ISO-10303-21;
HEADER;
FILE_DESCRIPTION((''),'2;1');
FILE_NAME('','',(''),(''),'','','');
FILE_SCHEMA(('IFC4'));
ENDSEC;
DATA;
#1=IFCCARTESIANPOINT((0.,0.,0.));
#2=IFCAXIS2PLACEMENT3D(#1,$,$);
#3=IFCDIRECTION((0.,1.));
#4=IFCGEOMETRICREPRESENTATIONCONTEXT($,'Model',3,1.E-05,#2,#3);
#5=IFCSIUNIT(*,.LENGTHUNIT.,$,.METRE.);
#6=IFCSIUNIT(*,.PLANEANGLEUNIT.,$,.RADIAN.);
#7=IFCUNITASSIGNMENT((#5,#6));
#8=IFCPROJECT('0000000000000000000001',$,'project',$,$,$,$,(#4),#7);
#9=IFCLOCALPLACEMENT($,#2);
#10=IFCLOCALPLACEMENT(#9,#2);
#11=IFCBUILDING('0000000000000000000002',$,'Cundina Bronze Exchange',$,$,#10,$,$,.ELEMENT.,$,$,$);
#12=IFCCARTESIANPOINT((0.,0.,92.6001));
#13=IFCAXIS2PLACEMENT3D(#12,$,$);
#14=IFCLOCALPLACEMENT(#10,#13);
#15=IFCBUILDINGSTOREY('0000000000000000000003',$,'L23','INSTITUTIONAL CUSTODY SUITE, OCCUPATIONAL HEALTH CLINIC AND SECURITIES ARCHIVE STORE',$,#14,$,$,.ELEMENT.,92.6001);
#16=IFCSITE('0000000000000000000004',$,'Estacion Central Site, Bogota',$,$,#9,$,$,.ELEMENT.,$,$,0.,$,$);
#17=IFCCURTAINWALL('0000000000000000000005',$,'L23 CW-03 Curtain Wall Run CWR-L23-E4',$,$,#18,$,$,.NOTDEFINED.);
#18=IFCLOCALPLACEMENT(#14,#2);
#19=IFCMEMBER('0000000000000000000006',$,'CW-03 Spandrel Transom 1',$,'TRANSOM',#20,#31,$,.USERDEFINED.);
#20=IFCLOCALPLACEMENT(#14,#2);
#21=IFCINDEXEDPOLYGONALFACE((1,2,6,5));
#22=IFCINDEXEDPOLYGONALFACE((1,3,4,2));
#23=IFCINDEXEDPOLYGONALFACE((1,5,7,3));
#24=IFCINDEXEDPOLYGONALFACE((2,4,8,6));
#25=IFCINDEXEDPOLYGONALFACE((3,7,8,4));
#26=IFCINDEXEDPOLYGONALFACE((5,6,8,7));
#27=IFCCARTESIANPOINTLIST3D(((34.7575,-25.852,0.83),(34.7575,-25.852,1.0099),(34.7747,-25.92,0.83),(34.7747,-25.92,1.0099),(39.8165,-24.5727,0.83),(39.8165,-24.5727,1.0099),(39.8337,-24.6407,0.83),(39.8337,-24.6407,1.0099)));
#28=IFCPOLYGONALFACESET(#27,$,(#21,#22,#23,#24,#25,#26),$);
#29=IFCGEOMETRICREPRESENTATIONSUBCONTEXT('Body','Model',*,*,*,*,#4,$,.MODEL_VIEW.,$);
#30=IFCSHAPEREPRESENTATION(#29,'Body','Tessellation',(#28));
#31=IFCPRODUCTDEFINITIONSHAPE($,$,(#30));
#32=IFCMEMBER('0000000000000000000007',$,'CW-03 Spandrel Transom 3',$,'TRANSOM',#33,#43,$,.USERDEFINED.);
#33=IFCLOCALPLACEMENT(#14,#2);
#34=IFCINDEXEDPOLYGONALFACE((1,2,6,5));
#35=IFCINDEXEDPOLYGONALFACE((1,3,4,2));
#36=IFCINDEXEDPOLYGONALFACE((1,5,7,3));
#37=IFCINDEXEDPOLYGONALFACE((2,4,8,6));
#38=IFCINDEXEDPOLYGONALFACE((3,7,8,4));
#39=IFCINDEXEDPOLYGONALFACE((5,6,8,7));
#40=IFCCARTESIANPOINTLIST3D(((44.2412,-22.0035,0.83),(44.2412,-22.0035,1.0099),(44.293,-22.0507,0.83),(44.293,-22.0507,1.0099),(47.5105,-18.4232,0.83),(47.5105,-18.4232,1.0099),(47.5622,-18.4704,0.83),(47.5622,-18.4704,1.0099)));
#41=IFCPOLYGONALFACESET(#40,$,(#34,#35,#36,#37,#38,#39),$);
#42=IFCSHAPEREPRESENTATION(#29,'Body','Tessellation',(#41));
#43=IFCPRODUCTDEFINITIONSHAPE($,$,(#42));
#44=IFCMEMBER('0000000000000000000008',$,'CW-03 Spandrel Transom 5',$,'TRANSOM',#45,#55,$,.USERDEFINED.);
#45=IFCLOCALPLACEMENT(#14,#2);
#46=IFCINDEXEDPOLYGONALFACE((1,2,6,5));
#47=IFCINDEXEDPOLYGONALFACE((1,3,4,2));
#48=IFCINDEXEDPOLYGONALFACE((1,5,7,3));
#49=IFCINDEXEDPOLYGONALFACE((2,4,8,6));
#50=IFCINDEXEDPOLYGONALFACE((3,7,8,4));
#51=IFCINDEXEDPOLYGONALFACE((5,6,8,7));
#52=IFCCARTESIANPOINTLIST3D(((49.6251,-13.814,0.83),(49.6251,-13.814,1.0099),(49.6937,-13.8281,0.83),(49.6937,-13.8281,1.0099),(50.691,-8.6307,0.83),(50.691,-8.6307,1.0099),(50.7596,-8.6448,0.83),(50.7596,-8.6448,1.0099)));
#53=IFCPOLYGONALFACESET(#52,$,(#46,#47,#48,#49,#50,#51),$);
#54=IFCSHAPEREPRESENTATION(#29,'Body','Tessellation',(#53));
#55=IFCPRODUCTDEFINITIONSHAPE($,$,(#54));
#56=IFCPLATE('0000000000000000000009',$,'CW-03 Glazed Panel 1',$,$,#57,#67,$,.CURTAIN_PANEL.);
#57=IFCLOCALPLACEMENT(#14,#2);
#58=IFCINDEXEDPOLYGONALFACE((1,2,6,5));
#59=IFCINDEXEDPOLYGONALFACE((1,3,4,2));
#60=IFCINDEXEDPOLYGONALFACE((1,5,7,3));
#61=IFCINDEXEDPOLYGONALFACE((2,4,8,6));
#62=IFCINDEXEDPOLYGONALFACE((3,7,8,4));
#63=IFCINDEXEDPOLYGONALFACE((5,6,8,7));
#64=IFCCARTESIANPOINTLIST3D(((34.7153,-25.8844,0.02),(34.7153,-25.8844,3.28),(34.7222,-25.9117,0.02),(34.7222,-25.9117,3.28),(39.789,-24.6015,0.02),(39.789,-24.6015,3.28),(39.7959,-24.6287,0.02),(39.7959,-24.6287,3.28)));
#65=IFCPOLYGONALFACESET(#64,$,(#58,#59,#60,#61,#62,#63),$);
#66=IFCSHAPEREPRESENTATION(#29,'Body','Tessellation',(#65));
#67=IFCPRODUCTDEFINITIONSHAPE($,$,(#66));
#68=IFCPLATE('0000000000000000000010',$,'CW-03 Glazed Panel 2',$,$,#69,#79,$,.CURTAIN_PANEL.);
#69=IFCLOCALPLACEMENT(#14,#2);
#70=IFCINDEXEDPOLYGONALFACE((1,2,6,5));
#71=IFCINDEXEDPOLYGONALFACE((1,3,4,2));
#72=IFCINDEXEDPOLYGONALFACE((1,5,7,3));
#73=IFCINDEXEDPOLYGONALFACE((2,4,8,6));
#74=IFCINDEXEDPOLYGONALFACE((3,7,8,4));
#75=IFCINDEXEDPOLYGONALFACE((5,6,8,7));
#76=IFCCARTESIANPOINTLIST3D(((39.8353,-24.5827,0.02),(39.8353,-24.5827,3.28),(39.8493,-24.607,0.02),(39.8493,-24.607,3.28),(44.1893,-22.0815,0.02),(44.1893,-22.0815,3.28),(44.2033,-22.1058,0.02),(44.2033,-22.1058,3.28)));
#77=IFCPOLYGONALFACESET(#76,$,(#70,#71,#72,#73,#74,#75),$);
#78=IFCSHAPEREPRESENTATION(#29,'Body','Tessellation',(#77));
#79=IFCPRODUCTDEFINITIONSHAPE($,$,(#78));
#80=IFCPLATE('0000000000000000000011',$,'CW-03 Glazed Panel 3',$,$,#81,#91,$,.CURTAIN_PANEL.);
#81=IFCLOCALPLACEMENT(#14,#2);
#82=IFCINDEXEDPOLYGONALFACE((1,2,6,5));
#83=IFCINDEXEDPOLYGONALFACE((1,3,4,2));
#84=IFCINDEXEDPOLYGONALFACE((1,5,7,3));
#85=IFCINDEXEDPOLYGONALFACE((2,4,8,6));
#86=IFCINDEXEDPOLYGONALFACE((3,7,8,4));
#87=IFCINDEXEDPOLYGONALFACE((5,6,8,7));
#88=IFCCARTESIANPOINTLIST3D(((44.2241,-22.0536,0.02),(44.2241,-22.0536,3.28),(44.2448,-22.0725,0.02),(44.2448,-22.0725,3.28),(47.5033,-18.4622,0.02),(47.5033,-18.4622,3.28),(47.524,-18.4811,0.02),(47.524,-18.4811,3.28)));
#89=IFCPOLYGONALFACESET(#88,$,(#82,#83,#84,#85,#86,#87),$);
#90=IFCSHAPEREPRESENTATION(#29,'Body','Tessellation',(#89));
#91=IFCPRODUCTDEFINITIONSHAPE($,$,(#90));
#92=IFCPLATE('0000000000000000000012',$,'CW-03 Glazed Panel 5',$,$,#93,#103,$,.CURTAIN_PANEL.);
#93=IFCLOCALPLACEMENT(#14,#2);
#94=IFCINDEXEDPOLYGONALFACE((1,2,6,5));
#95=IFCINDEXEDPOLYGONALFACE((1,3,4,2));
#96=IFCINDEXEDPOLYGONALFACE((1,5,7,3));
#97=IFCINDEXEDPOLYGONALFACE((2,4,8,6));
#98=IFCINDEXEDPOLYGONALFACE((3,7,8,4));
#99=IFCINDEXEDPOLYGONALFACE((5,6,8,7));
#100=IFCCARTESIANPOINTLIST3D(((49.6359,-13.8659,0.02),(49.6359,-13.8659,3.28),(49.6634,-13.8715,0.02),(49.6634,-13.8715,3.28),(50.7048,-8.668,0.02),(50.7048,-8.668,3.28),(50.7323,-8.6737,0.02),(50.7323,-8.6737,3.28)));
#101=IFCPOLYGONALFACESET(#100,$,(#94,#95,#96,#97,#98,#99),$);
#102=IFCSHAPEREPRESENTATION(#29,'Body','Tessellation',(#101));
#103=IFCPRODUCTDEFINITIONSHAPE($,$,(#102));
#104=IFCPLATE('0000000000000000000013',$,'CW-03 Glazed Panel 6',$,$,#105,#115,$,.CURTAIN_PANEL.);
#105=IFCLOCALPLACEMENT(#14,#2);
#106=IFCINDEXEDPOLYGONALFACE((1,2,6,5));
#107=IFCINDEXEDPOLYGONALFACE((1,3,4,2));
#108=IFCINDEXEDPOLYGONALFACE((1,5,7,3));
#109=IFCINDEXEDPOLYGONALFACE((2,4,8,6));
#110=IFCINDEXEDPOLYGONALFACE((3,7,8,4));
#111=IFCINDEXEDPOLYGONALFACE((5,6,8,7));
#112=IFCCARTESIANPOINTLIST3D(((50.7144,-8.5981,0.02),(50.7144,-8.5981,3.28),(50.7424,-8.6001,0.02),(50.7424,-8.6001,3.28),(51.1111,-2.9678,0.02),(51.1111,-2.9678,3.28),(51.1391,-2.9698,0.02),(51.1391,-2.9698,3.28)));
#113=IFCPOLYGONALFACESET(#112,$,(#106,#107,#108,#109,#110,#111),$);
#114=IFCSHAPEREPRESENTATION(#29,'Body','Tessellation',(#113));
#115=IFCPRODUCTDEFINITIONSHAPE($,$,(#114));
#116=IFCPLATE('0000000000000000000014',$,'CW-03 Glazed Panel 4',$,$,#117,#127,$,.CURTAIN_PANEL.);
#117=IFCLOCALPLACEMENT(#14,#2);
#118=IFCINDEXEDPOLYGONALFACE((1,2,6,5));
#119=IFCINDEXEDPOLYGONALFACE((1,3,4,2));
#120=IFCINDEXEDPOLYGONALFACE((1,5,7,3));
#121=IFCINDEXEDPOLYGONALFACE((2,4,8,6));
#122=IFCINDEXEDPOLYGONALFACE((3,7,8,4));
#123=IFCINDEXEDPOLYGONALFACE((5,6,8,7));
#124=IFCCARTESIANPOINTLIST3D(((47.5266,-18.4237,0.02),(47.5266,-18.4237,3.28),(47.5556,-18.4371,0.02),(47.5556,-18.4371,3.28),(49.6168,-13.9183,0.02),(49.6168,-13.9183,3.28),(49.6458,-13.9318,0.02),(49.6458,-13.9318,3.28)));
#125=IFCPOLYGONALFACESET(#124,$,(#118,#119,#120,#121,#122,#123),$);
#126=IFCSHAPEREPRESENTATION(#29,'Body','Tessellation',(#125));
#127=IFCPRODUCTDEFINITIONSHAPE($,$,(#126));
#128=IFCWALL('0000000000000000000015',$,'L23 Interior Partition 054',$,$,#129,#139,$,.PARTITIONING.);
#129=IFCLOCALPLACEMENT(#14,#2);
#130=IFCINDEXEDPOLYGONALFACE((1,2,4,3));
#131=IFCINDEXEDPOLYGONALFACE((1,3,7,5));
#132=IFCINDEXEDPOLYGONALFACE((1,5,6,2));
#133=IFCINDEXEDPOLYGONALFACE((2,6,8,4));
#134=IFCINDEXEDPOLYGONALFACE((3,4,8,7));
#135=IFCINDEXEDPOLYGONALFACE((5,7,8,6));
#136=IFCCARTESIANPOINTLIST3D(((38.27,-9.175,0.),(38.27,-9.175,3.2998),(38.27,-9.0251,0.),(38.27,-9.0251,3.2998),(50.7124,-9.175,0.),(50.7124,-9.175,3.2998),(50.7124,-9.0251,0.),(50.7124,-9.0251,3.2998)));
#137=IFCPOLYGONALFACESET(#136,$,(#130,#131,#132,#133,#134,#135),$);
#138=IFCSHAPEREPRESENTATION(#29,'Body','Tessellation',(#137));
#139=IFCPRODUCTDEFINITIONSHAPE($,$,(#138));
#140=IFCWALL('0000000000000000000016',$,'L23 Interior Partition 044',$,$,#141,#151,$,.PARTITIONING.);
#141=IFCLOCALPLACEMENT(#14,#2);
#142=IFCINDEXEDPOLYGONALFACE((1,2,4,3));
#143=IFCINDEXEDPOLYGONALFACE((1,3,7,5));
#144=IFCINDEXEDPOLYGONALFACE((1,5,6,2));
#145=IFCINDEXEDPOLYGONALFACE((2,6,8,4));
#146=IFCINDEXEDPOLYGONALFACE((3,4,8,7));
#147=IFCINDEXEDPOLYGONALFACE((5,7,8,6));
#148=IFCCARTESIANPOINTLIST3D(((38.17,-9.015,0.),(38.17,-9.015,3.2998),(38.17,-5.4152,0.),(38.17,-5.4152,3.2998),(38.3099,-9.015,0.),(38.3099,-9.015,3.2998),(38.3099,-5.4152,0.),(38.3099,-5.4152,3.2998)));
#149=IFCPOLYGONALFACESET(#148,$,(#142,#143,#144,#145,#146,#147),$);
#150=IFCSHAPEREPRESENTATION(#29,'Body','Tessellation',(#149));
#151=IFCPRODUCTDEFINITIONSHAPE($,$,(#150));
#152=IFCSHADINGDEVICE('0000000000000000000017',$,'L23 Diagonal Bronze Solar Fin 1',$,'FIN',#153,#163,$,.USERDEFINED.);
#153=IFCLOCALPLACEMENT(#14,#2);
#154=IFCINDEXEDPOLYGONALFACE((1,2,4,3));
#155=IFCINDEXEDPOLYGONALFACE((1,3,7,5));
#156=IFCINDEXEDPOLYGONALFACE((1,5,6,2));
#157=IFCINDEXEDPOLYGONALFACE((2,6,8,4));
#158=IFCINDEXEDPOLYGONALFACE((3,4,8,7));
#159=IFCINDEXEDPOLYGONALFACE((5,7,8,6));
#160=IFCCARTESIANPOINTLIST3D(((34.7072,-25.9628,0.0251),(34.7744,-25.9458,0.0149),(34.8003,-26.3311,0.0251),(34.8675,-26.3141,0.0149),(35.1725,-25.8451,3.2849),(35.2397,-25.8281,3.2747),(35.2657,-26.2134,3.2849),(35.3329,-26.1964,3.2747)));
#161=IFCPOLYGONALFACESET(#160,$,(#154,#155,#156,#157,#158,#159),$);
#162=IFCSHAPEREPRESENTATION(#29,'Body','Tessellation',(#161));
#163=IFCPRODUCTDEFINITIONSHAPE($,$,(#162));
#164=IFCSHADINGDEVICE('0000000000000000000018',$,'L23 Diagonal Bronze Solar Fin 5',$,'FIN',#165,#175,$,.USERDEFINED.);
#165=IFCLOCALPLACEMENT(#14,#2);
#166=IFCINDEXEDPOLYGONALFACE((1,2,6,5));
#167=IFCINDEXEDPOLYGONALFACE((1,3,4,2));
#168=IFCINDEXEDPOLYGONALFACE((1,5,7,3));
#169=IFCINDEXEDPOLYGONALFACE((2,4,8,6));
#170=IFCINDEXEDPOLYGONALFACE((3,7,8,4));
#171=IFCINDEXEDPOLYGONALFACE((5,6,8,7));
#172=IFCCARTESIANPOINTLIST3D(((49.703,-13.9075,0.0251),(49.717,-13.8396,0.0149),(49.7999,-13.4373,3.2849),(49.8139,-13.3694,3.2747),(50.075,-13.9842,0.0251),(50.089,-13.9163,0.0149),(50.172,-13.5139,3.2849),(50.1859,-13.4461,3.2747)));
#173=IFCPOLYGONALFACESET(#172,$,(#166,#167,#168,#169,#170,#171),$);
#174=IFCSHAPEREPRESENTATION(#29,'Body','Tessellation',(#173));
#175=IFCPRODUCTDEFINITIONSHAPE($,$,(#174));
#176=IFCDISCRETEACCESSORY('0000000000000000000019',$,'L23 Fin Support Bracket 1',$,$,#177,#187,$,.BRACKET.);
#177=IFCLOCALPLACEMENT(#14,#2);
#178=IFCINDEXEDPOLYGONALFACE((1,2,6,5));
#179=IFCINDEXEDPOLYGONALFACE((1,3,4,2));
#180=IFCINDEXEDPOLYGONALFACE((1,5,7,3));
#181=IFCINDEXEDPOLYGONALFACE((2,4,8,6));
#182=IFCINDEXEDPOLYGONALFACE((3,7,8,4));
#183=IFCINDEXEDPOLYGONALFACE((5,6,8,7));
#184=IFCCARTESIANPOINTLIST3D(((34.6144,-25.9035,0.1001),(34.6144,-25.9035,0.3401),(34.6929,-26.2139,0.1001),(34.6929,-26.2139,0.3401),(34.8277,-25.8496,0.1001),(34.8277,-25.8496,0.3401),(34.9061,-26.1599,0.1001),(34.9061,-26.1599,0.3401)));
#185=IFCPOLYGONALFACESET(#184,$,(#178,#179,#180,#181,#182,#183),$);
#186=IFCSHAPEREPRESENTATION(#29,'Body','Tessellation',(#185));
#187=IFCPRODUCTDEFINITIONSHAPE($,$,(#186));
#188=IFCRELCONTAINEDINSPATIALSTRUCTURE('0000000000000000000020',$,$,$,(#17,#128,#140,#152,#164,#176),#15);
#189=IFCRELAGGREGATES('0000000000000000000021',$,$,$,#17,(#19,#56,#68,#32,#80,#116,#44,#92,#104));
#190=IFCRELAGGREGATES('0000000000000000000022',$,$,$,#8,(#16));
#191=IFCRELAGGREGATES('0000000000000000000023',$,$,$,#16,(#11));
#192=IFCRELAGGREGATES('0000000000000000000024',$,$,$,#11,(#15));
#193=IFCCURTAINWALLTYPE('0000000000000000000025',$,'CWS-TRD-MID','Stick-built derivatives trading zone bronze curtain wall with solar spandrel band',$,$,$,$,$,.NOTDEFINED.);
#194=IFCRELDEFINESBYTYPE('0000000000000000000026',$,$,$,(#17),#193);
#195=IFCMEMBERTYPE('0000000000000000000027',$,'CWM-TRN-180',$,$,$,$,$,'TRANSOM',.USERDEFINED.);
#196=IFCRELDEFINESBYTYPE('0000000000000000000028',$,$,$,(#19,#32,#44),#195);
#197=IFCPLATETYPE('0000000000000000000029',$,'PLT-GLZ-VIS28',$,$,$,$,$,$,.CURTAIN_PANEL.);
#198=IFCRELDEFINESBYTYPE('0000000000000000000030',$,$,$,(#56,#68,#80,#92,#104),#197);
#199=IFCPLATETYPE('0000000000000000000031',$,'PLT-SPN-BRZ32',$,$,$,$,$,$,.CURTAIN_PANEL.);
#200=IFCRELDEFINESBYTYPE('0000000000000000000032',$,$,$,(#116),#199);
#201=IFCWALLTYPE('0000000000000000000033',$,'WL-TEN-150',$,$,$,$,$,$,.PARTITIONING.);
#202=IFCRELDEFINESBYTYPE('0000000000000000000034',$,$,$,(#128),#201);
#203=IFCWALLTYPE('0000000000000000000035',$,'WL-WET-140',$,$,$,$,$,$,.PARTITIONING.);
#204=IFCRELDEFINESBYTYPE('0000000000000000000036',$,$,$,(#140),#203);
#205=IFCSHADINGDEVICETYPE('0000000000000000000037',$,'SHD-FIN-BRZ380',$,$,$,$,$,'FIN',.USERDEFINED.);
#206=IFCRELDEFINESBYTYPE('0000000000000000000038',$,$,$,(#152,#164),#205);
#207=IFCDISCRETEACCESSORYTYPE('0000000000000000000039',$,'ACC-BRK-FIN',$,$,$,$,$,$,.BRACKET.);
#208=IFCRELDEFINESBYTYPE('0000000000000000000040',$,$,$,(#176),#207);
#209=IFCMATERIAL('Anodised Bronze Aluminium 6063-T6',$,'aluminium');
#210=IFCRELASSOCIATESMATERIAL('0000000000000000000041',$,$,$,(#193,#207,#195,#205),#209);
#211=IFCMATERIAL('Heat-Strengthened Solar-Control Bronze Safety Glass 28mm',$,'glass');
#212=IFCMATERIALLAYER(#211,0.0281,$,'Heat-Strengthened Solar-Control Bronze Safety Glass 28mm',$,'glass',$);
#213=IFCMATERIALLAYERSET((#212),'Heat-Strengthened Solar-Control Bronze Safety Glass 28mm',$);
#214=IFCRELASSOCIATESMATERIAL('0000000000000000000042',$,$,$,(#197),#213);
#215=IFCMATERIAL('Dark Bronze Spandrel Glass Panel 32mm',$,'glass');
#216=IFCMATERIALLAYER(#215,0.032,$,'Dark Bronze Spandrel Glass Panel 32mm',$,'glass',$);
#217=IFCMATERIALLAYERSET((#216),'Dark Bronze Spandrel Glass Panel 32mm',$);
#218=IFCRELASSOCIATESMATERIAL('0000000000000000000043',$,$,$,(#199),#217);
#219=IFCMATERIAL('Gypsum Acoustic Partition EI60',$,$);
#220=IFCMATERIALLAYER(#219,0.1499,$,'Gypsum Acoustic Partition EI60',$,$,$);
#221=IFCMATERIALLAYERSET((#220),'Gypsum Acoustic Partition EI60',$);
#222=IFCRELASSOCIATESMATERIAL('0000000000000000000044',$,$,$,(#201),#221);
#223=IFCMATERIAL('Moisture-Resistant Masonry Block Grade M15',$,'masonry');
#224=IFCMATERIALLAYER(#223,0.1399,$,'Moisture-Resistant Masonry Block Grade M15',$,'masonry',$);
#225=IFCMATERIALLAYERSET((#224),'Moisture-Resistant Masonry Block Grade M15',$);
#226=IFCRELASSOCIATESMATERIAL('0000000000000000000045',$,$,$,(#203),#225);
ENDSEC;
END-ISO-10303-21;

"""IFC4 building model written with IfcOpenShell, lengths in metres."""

from ifc_helpers import new_model, si_unit, direction, frame, frame_2d, origin, origin_2d, place, context, subcontext, project, spatial, rectangle, extrude, material, layer, layer_set, material_profile, profile_set, type_object, element, aggregate, save


model = new_model("IFC4")

# Units and contexts
model_context = context("Model", 3, precision=1e-05, world=origin(), true_north=direction((0.0, 1.0)))
body_context = subcontext(model_context, "Body", "Model", "MODEL_VIEW")
ifc_project = project(units=[si_unit("LENGTHUNIT", "METRE"), si_unit("PLANEANGLEUNIT", "RADIAN")], contexts=[model_context])

# Site, building, storey
site_placement = place(None, origin())
site = spatial("IfcSite", under=ifc_project, at=site_placement, Name="Estacion Central Site, Bogota", CompositionType="ELEMENT", RefElevation=0.0)
building_placement = place(site_placement, origin())
building = spatial("IfcBuilding", under=site, at=building_placement, Name="Cundina Bronze Exchange", CompositionType="ELEMENT")
storey_placement = place(building_placement, frame((0.0, 0.0, 92.6001)))
storey = spatial("IfcBuildingStorey", under=building, at=storey_placement, Name="L23", Description="INSTITUTIONAL CUSTODY SUITE, OCCUPATIONAL HEALTH CLINIC AND SECURITIES ARCHIVE STORE", CompositionType="ELEMENT", Elevation=92.6001)

# Shared definitions
ifc_material_1 = material(Name="Anodised Bronze Aluminium 6063-T6", Category="aluminium")
curtain_wall_type = type_object("IfcCurtainWallType", Name="CWS-TRD-MID", Description="Stick-built derivatives trading zone bronze curtain wall with solar spandrel band", PredefinedType="NOTDEFINED", material=ifc_material_1)

# Curtain wall, members, plates
curtain_wall_1_placement = place(storey_placement, origin())
curtain_wall_1 = element("IfcCurtainWall", 1, at=curtain_wall_1_placement, inside=storey, type_object=curtain_wall_type, Name="L23 CW-03 Curtain Wall Run CWR-L23-E4", PredefinedType="NOTDEFINED")
ifc_material_profile_1 = material_profile(ifc_material_1, rectangle(XDim=0.0701, YDim=0.1799, at=origin_2d()), Name="AL70X180", Category="aluminium")
ifc_profile_set_1 = profile_set([ifc_material_profile_1], Name="Anodised Bronze Aluminium 6063-T6")
member_type_1 = type_object("IfcMemberType", Name="CWM-TRN-180", ElementType="TRANSOM", PredefinedType="USERDEFINED", material=ifc_profile_set_1)
member_1_placement = place(storey_placement, frame((34.7661, -25.886, 0.9199), z_axis=(0.969484, 0.245155, 0.0), x_axis=(-0.245155, 0.969484, 0.0)))
member_1 = element("IfcMember", 2, at=member_1_placement, type_object=member_type_1, Name="CW-03 Spandrel Transom 1", ObjectType="TRANSOM", PredefinedType="USERDEFINED", context=body_context, shape_type="SweptSolid", body=[
    extrude(rectangle(XDim=0.0701, YDim=0.1799, at=origin_2d()), origin(), (0.0, 0.0, 1.0), 5.2183),
])
member_2_placement = place(storey_placement, frame((44.2671, -22.0271, 0.9199), z_axis=(0.674303, 0.738455, 0.0), x_axis=(-0.738455, 0.674303, 0.0)))
member_2 = element("IfcMember", 3, at=member_2_placement, type_object=member_type_1, Name="CW-03 Spandrel Transom 3", ObjectType="TRANSOM", PredefinedType="USERDEFINED", context=body_context, shape_type="SweptSolid", body=[
    extrude(rectangle(XDim=0.0701, YDim=0.1799, at=origin_2d()), origin(), (0.0, 0.0, 1.0), 4.8484),
])
member_3_placement = place(storey_placement, frame((49.6594, -13.821, 0.9199), z_axis=(0.201428, 0.979503, 0.0), x_axis=(-0.979503, 0.201428, 0.0)))
member_3 = element("IfcMember", 4, at=member_3_placement, type_object=member_type_1, Name="CW-03 Spandrel Transom 5", ObjectType="TRANSOM", PredefinedType="USERDEFINED", context=body_context, shape_type="SweptSolid", body=[
    extrude(rectangle(XDim=0.0701, YDim=0.1799, at=origin_2d()), origin(), (0.0, 0.0, 1.0), 5.2917),
])
ifc_material_2 = material(Name="Heat-Strengthened Solar-Control Bronze Safety Glass 28mm", Category="glass")
ifc_layer_1 = layer(ifc_material_2, 0.0281, Name="Heat-Strengthened Solar-Control Bronze Safety Glass 28mm", Category="glass")
ifc_layer_set_1 = layer_set([ifc_layer_1], Name="Heat-Strengthened Solar-Control Bronze Safety Glass 28mm")
plate_type_1 = type_object("IfcPlateType", Name="PLT-GLZ-VIS28", PredefinedType="CURTAIN_PANEL", material=ifc_layer_set_1)
plate_1_placement = place(storey_placement, frame((37.2556, -25.2566, 0.02), z_axis=(0.0, 0.0, 1.0), x_axis=(0.969488, 0.245138, 0.0)))
plate_1 = element("IfcPlate", 5, at=plate_1_placement, type_object=plate_type_1, Name="CW-03 Glazed Panel 1", PredefinedType="CURTAIN_PANEL", context=body_context, shape_type="SweptSolid", body=[
    extrude(rectangle(XDim=5.2334, YDim=0.0281, at=origin_2d()), origin(), (0.0, 0.0, 1.0), 3.26),
])
plate_2_placement = place(storey_placement, frame((42.0193, -23.3442, 0.02), z_axis=(0.0, 0.0, 1.0), x_axis=(0.867105, 0.498125, 0.0)))
plate_2 = element("IfcPlate", 6, at=plate_2_placement, type_object=plate_type_1, Name="CW-03 Glazed Panel 2", PredefinedType="CURTAIN_PANEL", context=body_context, shape_type="SweptSolid", body=[
    extrude(rectangle(XDim=5.0212, YDim=0.0281, at=origin_2d()), origin(), (0.0, 0.0, 1.0), 3.26),
])
plate_3_placement = place(storey_placement, frame((45.874, -20.2673, 0.02), z_axis=(0.0, 0.0, 1.0), x_axis=(0.674277, 0.738479, 0.0)))
plate_3 = element("IfcPlate", 7, at=plate_3_placement, type_object=plate_type_1, Name="CW-03 Glazed Panel 3", PredefinedType="CURTAIN_PANEL", context=body_context, shape_type="SweptSolid", body=[
    extrude(rectangle(XDim=4.8633, YDim=0.0281, at=origin_2d()), origin(), (0.0, 0.0, 1.0), 3.26),
])
plate_4_placement = place(storey_placement, frame((50.1841, -11.2698, 0.02), z_axis=(0.0, 0.0, 1.0), x_axis=(0.20142, 0.979505, 0.0)))
plate_4 = element("IfcPlate", 8, at=plate_4_placement, type_object=plate_type_1, Name="CW-03 Glazed Panel 5", PredefinedType="CURTAIN_PANEL", context=body_context, shape_type="SweptSolid", body=[
    extrude(rectangle(XDim=5.3066, YDim=0.0281, at=origin_2d()), origin(), (0.0, 0.0, 1.0), 3.26),
])
plate_5_placement = place(storey_placement, frame((50.9268, -5.7839, 0.02), z_axis=(0.0, 0.0, 1.0), x_axis=(0.070279, 0.997527, 0.0)))
plate_5 = element("IfcPlate", 9, at=plate_5_placement, type_object=plate_type_1, Name="CW-03 Glazed Panel 6", PredefinedType="CURTAIN_PANEL", context=body_context, shape_type="SweptSolid", body=[
    extrude(rectangle(XDim=5.6443, YDim=0.0281, at=origin_2d()), origin(), (0.0, 0.0, 1.0), 3.26),
])
ifc_material_3 = material(Name="Dark Bronze Spandrel Glass Panel 32mm", Category="glass")
ifc_layer_2 = layer(ifc_material_3, 0.032, Name="Dark Bronze Spandrel Glass Panel 32mm", Category="glass")
ifc_layer_set_2 = layer_set([ifc_layer_2], Name="Dark Bronze Spandrel Glass Panel 32mm")
plate_type_2 = type_object("IfcPlateType", Name="PLT-SPN-BRZ32", PredefinedType="CURTAIN_PANEL", material=ifc_layer_set_2)
plate_6_placement = place(storey_placement, frame((48.5862, -16.1777, 0.02), z_axis=(0.0, 0.0, 1.0), x_axis=(0.420846, 0.907132, 0.0)))
plate_6 = element("IfcPlate", 10, at=plate_6_placement, type_object=plate_type_2, Name="CW-03 Glazed Panel 4", PredefinedType="CURTAIN_PANEL", context=body_context, shape_type="SweptSolid", body=[
    extrude(rectangle(XDim=4.9666, YDim=0.032, at=origin_2d()), origin(), (0.0, 0.0, 1.0), 3.26),
])
aggregate(curtain_wall_1, [member_1, plate_1, plate_2, member_2, plate_3, plate_6, member_3, plate_4, plate_5])

# Walls
ifc_material_4 = material(Name="Gypsum Acoustic Partition EI60")
ifc_layer_3 = layer(ifc_material_4, 0.1499, Name="Gypsum Acoustic Partition EI60")
ifc_layer_set_3 = layer_set([ifc_layer_3], Name="Gypsum Acoustic Partition EI60")
wall_type_1 = type_object("IfcWallType", Name="WL-TEN-150", PredefinedType="PARTITIONING", material=ifc_layer_set_3)
wall_1_placement = place(storey_placement, frame((38.27, -9.1001, 0.0), z_axis=(0.0, 0.0, 1.0), x_axis=(1.0, 0.0, 0.0)))
element("IfcWall", 11, at=wall_1_placement, inside=storey, type_object=wall_type_1, Name="L23 Interior Partition 054", PredefinedType="PARTITIONING", context=body_context, shape_type="SweptSolid", body=[
    extrude(rectangle(XDim=12.4424, YDim=0.1499, at=frame_2d((6.2212, 0.0))), origin(), (0.0, 0.0, 1.0), 3.2998),
])
ifc_material_5 = material(Name="Moisture-Resistant Masonry Block Grade M15", Category="masonry")
ifc_layer_4 = layer(ifc_material_5, 0.1399, Name="Moisture-Resistant Masonry Block Grade M15", Category="masonry")
ifc_layer_set_4 = layer_set([ifc_layer_4], Name="Moisture-Resistant Masonry Block Grade M15")
wall_type_2 = type_object("IfcWallType", Name="WL-WET-140", PredefinedType="PARTITIONING", material=ifc_layer_set_4)
wall_2_placement = place(storey_placement, frame((38.24, -9.0149, 0.0), z_axis=(0.0, 0.0, 1.0), x_axis=(0.0, 1.0, 0.0)))
element("IfcWall", 12, at=wall_2_placement, inside=storey, type_object=wall_type_2, Name="L23 Interior Partition 044", PredefinedType="PARTITIONING", context=body_context, shape_type="SweptSolid", body=[
    extrude(rectangle(XDim=3.5999, YDim=0.1399, at=frame_2d((1.7998, 0.0))), origin(), (0.0, 0.0, 1.0), 3.2998),
])

# Shading devices
ifc_material_profile_2 = material_profile(ifc_material_1, rectangle(XDim=0.0701, YDim=0.3799, at=origin_2d()), Name="FIN70X380", Category="aluminium")
ifc_profile_set_2 = profile_set([ifc_material_profile_2], Name="Anodised Bronze Aluminium 6063-T6")
shading_device_type = type_object("IfcShadingDeviceType", Name="SHD-FIN-BRZ380", ElementType="FIN", PredefinedType="USERDEFINED", material=ifc_profile_set_2)
for number, where, z_axis, x_axis, name in (
    (13, (34.7874, -26.1384, 0.02), (0.141227, 0.035714, 0.989333), (-0.959139, -0.242552, 0.145673), "L23 Diagonal Bronze Solar Fin 1"),
    (14, (49.896, -13.9119, 0.02), (0.029416, 0.142709, 0.989328), (-0.199728, -0.968957, 0.145709), "L23 Diagonal Bronze Solar Fin 5"),
):
    element("IfcShadingDevice", number, at=place(storey_placement, frame(where, z_axis=z_axis, x_axis=x_axis)), inside=storey, type_object=shading_device_type, Name=name, ObjectType="FIN", PredefinedType="USERDEFINED", context=body_context, shape_type="SweptSolid", body=[
        extrude(rectangle(XDim=0.0701, YDim=0.3799, at=origin_2d()), origin(), (0.0, 0.0, 1.0), 3.2949),
    ])

# Discrete accessory
discrete_accessory_type = type_object("IfcDiscreteAccessoryType", Name="ACC-BRK-FIN", PredefinedType="BRACKET", material=ifc_material_1)
for number, where, z_axis, x_axis, name in (
    (15, (34.7603, -26.0317, 0.1001), (0.0, 0.0, 1.0), (0.969488, 0.245138, 0.0), "L23 Fin Support Bracket 1"),
):
    element("IfcDiscreteAccessory", number, at=place(storey_placement, frame(where, z_axis=z_axis, x_axis=x_axis)), inside=storey, type_object=discrete_accessory_type, Name=name, PredefinedType="BRACKET", context=body_context, shape_type="SweptSolid", body=[
        extrude(rectangle(XDim=0.22, YDim=0.3201, at=origin_2d()), origin(), (0.0, 0.0, 1.0), 0.24),
    ])

save(model, "model.ifc")
